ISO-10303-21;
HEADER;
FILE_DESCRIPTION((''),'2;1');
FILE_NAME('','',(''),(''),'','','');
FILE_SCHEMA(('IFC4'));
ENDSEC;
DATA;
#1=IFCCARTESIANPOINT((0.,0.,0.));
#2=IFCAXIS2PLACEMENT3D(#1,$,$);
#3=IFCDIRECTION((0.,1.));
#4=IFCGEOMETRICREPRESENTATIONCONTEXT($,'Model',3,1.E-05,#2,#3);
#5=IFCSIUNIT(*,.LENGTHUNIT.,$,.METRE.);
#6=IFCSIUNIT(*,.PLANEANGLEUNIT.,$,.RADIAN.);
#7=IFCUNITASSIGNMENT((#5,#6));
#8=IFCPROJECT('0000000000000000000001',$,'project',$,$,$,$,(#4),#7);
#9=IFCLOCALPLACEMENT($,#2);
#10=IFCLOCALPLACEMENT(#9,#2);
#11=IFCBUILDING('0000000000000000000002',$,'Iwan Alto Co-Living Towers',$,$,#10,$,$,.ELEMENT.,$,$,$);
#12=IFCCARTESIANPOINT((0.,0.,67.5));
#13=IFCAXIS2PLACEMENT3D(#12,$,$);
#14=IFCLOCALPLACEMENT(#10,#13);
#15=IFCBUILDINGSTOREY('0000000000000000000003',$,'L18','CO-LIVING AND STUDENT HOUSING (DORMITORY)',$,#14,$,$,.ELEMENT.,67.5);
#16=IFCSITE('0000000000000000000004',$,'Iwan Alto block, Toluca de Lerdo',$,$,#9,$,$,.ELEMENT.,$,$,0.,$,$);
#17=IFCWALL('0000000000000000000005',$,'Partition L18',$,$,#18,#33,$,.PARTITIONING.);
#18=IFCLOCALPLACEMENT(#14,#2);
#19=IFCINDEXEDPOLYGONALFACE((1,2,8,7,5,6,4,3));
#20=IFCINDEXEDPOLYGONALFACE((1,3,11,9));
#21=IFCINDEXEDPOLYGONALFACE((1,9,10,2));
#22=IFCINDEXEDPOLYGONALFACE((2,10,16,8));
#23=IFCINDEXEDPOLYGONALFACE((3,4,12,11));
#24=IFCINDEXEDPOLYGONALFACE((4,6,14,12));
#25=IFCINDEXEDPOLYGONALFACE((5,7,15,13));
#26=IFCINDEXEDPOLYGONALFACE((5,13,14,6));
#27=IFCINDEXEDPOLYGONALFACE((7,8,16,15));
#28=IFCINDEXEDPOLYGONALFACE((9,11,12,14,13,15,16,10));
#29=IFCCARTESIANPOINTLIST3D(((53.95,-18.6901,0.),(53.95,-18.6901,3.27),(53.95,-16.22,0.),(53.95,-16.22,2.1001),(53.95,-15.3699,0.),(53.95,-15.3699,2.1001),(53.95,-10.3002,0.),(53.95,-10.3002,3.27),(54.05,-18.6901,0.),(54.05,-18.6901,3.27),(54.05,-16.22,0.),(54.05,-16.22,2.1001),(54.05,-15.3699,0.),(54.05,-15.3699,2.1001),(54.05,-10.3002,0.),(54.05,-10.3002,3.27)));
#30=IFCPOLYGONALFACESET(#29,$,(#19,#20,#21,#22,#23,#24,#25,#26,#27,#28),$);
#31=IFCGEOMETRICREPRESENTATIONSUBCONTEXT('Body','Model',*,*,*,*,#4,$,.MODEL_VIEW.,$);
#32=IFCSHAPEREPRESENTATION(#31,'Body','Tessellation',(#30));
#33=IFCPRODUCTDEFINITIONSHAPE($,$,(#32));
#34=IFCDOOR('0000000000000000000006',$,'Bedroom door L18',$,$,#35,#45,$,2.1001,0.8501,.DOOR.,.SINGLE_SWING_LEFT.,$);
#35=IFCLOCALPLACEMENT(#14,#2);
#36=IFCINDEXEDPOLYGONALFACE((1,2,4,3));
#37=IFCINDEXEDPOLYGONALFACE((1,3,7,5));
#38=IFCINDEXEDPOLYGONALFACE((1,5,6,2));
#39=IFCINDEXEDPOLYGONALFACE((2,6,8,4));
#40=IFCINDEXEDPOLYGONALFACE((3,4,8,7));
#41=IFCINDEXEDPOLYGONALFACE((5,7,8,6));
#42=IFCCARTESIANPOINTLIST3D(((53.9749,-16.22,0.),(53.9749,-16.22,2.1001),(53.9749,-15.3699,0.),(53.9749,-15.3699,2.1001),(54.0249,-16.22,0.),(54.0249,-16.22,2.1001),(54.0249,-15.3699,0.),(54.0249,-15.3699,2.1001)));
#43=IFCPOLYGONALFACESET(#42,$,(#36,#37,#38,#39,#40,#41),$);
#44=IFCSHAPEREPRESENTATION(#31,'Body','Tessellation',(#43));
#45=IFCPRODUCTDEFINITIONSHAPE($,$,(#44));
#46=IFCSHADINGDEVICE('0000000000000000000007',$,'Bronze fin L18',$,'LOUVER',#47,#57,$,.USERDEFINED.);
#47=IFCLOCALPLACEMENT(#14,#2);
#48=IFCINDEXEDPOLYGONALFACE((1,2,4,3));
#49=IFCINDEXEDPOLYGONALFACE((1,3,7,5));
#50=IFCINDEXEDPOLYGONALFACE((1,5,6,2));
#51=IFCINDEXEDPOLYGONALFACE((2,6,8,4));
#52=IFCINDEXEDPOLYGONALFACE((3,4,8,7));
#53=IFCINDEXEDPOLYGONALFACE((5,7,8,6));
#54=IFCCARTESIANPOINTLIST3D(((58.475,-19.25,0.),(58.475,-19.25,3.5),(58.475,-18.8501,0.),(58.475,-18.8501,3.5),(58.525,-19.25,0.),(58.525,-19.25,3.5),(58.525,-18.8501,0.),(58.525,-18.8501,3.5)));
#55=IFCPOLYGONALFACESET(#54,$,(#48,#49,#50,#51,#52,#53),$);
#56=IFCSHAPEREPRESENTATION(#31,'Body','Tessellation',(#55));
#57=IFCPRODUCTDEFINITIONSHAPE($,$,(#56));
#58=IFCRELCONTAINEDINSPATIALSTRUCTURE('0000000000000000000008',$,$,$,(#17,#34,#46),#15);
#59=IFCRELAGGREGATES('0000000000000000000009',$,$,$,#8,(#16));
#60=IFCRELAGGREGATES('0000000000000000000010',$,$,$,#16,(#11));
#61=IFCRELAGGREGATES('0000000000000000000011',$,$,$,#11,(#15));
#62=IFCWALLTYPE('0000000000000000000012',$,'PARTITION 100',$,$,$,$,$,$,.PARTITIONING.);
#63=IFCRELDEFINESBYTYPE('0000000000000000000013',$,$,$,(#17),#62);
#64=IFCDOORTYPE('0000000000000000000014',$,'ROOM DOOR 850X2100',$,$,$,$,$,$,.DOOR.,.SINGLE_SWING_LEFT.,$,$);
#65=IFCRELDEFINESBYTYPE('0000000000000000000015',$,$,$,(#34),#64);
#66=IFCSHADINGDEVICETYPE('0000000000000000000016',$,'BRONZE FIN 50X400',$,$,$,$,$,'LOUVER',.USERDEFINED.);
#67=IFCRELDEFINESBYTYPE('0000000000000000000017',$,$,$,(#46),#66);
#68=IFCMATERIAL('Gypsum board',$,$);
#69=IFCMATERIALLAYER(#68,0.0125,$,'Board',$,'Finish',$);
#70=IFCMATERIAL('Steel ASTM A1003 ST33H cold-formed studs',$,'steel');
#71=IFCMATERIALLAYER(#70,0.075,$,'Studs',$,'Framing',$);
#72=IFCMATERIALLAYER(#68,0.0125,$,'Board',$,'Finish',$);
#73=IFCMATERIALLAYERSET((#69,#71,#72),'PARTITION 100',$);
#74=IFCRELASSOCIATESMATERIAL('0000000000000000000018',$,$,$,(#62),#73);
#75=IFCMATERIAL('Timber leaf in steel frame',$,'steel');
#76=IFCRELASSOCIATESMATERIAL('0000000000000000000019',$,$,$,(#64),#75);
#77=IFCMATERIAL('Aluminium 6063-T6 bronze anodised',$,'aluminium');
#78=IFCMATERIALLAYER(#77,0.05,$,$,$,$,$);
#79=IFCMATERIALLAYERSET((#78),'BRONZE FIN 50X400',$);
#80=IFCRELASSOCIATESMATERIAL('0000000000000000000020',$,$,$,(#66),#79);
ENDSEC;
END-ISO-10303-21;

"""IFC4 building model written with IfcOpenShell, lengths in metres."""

from ifc_helpers import new_model, si_unit, direction, frame, frame_2d, origin, origin_2d, place, context, subcontext, project, spatial, rectangle, extrude, material, layer, layer_set, type_object, element, fill, save


model = new_model("IFC4")

# Units and contexts
model_context = context("Model", 3, precision=1e-05, world=origin(), true_north=direction((0.0, 1.0)))
body_context = subcontext(model_context, "Body", "Model", "MODEL_VIEW")
ifc_project = project(units=[si_unit("LENGTHUNIT", "METRE"), si_unit("PLANEANGLEUNIT", "RADIAN")], contexts=[model_context])

# Site, building, storey
site_placement = place(None, origin())
site = spatial("IfcSite", under=ifc_project, at=site_placement, Name="Iwan Alto block, Toluca de Lerdo", CompositionType="ELEMENT", RefElevation=0.0)
building_placement = place(site_placement, origin())
building = spatial("IfcBuilding", under=site, at=building_placement, Name="Iwan Alto Co-Living Towers", CompositionType="ELEMENT")
storey_placement = place(building_placement, frame((0.0, 0.0, 67.5)))
storey = spatial("IfcBuildingStorey", under=building, at=storey_placement, Name="L18", Description="CO-LIVING AND STUDENT HOUSING (DORMITORY)", CompositionType="ELEMENT", Elevation=67.5)

# Shared definitions
ifc_material_1 = material(Name="Gypsum board")
ifc_layer_1 = layer(ifc_material_1, 0.0125, Name="Board", Category="Finish")
ifc_material_2 = material(Name="Steel ASTM A1003 ST33H cold-formed studs", Category="steel")
ifc_layer_2 = layer(ifc_material_2, 0.075, Name="Studs", Category="Framing")
ifc_layer_3 = layer(ifc_material_1, 0.0125, Name="Board", Category="Finish")
ifc_layer_set_1 = layer_set([ifc_layer_1, ifc_layer_2, ifc_layer_3], Name="PARTITION 100")
wall_type = type_object("IfcWallType", Name="PARTITION 100", PredefinedType="PARTITIONING", material=ifc_layer_set_1)

# Wall, opening, door
wall_1_placement = place(storey_placement, frame((54.0, -18.6899, 0.0), z_axis=(0.0, 0.0, 1.0), x_axis=(0.0, 1.0, 0.0)))
wall_1 = element("IfcWall", 1, at=wall_1_placement, inside=storey, type_object=wall_type, Name="Partition L18", PredefinedType="PARTITIONING", context=body_context, shape_type="SweptSolid", body=[
    extrude(rectangle(XDim=8.3899, YDim=0.1001, at=frame_2d((4.1948, 0.0))), origin(), (0.0, 0.0, 1.0), 3.27),
])
opening_placement = place(wall_1_placement, frame((2.47, 0.0, 0.0)))
opening = element("IfcOpeningElement", 2, at=opening_placement, cuts=wall_1, PredefinedType="OPENING", context=body_context, shape_type="SweptSolid", body=[
    extrude(rectangle(XDim=0.8501, YDim=2.1001, at=frame_2d((0.425, 1.05))), frame((0.0, 0.0601, 0.0), z_axis=(0.0, -1.0, 0.0), x_axis=(1.0, 0.0, 0.0)), (0.0, 0.0, 1.0), 0.1201),
])
ifc_material_3 = material(Name="Timber leaf in steel frame", Category="steel")
door_type = type_object("IfcDoorType", Name="ROOM DOOR 850X2100", OperationType="SINGLE_SWING_LEFT", PredefinedType="DOOR", material=ifc_material_3)
door_placement = place(opening_placement, frame((0.8501, 0.0, 0.0), z_axis=(0.0, 0.0, 1.0), x_axis=(-1.0, 0.0, 0.0)))
door = element("IfcDoor", 3, at=door_placement, inside=storey, type_object=door_type, Name="Bedroom door L18", OperationType="SINGLE_SWING_LEFT", OverallHeight=2.1001, OverallWidth=0.8501, PredefinedType="DOOR", context=body_context, shape_type="SweptSolid", body=[
    extrude(rectangle(XDim=0.8501, YDim=2.1001, at=frame_2d((0.425, 1.05))), frame((0.0, 0.0249, 0.0), z_axis=(0.0, -1.0, 0.0), x_axis=(1.0, 0.0, 0.0)), (0.0, 0.0, 1.0), 0.05),
])
fill(opening, door)

# Shading device
ifc_material_4 = material(Name="Aluminium 6063-T6 bronze anodised", Category="aluminium")
ifc_layer_4 = layer(ifc_material_4, 0.05)
ifc_layer_set_2 = layer_set([ifc_layer_4], Name="BRONZE FIN 50X400")
shading_device_type = type_object("IfcShadingDeviceType", Name="BRONZE FIN 50X400", ElementType="LOUVER", PredefinedType="USERDEFINED", material=ifc_layer_set_2)
shading_device_placement = place(storey_placement, frame((58.5, -19.05, 0.0), z_axis=(0.0, 0.0, 1.0), x_axis=(1.0, 0.0, 0.0)))
element("IfcShadingDevice", 4, at=shading_device_placement, inside=storey, type_object=shading_device_type, Name="Bronze fin L18", ObjectType="LOUVER", PredefinedType="USERDEFINED", context=body_context, shape_type="SweptSolid", body=[
    extrude(rectangle(XDim=0.05, YDim=0.3999, at=origin_2d()), origin(), (0.0, 0.0, 1.0), 3.5),
])

save(model, "model.ifc")
